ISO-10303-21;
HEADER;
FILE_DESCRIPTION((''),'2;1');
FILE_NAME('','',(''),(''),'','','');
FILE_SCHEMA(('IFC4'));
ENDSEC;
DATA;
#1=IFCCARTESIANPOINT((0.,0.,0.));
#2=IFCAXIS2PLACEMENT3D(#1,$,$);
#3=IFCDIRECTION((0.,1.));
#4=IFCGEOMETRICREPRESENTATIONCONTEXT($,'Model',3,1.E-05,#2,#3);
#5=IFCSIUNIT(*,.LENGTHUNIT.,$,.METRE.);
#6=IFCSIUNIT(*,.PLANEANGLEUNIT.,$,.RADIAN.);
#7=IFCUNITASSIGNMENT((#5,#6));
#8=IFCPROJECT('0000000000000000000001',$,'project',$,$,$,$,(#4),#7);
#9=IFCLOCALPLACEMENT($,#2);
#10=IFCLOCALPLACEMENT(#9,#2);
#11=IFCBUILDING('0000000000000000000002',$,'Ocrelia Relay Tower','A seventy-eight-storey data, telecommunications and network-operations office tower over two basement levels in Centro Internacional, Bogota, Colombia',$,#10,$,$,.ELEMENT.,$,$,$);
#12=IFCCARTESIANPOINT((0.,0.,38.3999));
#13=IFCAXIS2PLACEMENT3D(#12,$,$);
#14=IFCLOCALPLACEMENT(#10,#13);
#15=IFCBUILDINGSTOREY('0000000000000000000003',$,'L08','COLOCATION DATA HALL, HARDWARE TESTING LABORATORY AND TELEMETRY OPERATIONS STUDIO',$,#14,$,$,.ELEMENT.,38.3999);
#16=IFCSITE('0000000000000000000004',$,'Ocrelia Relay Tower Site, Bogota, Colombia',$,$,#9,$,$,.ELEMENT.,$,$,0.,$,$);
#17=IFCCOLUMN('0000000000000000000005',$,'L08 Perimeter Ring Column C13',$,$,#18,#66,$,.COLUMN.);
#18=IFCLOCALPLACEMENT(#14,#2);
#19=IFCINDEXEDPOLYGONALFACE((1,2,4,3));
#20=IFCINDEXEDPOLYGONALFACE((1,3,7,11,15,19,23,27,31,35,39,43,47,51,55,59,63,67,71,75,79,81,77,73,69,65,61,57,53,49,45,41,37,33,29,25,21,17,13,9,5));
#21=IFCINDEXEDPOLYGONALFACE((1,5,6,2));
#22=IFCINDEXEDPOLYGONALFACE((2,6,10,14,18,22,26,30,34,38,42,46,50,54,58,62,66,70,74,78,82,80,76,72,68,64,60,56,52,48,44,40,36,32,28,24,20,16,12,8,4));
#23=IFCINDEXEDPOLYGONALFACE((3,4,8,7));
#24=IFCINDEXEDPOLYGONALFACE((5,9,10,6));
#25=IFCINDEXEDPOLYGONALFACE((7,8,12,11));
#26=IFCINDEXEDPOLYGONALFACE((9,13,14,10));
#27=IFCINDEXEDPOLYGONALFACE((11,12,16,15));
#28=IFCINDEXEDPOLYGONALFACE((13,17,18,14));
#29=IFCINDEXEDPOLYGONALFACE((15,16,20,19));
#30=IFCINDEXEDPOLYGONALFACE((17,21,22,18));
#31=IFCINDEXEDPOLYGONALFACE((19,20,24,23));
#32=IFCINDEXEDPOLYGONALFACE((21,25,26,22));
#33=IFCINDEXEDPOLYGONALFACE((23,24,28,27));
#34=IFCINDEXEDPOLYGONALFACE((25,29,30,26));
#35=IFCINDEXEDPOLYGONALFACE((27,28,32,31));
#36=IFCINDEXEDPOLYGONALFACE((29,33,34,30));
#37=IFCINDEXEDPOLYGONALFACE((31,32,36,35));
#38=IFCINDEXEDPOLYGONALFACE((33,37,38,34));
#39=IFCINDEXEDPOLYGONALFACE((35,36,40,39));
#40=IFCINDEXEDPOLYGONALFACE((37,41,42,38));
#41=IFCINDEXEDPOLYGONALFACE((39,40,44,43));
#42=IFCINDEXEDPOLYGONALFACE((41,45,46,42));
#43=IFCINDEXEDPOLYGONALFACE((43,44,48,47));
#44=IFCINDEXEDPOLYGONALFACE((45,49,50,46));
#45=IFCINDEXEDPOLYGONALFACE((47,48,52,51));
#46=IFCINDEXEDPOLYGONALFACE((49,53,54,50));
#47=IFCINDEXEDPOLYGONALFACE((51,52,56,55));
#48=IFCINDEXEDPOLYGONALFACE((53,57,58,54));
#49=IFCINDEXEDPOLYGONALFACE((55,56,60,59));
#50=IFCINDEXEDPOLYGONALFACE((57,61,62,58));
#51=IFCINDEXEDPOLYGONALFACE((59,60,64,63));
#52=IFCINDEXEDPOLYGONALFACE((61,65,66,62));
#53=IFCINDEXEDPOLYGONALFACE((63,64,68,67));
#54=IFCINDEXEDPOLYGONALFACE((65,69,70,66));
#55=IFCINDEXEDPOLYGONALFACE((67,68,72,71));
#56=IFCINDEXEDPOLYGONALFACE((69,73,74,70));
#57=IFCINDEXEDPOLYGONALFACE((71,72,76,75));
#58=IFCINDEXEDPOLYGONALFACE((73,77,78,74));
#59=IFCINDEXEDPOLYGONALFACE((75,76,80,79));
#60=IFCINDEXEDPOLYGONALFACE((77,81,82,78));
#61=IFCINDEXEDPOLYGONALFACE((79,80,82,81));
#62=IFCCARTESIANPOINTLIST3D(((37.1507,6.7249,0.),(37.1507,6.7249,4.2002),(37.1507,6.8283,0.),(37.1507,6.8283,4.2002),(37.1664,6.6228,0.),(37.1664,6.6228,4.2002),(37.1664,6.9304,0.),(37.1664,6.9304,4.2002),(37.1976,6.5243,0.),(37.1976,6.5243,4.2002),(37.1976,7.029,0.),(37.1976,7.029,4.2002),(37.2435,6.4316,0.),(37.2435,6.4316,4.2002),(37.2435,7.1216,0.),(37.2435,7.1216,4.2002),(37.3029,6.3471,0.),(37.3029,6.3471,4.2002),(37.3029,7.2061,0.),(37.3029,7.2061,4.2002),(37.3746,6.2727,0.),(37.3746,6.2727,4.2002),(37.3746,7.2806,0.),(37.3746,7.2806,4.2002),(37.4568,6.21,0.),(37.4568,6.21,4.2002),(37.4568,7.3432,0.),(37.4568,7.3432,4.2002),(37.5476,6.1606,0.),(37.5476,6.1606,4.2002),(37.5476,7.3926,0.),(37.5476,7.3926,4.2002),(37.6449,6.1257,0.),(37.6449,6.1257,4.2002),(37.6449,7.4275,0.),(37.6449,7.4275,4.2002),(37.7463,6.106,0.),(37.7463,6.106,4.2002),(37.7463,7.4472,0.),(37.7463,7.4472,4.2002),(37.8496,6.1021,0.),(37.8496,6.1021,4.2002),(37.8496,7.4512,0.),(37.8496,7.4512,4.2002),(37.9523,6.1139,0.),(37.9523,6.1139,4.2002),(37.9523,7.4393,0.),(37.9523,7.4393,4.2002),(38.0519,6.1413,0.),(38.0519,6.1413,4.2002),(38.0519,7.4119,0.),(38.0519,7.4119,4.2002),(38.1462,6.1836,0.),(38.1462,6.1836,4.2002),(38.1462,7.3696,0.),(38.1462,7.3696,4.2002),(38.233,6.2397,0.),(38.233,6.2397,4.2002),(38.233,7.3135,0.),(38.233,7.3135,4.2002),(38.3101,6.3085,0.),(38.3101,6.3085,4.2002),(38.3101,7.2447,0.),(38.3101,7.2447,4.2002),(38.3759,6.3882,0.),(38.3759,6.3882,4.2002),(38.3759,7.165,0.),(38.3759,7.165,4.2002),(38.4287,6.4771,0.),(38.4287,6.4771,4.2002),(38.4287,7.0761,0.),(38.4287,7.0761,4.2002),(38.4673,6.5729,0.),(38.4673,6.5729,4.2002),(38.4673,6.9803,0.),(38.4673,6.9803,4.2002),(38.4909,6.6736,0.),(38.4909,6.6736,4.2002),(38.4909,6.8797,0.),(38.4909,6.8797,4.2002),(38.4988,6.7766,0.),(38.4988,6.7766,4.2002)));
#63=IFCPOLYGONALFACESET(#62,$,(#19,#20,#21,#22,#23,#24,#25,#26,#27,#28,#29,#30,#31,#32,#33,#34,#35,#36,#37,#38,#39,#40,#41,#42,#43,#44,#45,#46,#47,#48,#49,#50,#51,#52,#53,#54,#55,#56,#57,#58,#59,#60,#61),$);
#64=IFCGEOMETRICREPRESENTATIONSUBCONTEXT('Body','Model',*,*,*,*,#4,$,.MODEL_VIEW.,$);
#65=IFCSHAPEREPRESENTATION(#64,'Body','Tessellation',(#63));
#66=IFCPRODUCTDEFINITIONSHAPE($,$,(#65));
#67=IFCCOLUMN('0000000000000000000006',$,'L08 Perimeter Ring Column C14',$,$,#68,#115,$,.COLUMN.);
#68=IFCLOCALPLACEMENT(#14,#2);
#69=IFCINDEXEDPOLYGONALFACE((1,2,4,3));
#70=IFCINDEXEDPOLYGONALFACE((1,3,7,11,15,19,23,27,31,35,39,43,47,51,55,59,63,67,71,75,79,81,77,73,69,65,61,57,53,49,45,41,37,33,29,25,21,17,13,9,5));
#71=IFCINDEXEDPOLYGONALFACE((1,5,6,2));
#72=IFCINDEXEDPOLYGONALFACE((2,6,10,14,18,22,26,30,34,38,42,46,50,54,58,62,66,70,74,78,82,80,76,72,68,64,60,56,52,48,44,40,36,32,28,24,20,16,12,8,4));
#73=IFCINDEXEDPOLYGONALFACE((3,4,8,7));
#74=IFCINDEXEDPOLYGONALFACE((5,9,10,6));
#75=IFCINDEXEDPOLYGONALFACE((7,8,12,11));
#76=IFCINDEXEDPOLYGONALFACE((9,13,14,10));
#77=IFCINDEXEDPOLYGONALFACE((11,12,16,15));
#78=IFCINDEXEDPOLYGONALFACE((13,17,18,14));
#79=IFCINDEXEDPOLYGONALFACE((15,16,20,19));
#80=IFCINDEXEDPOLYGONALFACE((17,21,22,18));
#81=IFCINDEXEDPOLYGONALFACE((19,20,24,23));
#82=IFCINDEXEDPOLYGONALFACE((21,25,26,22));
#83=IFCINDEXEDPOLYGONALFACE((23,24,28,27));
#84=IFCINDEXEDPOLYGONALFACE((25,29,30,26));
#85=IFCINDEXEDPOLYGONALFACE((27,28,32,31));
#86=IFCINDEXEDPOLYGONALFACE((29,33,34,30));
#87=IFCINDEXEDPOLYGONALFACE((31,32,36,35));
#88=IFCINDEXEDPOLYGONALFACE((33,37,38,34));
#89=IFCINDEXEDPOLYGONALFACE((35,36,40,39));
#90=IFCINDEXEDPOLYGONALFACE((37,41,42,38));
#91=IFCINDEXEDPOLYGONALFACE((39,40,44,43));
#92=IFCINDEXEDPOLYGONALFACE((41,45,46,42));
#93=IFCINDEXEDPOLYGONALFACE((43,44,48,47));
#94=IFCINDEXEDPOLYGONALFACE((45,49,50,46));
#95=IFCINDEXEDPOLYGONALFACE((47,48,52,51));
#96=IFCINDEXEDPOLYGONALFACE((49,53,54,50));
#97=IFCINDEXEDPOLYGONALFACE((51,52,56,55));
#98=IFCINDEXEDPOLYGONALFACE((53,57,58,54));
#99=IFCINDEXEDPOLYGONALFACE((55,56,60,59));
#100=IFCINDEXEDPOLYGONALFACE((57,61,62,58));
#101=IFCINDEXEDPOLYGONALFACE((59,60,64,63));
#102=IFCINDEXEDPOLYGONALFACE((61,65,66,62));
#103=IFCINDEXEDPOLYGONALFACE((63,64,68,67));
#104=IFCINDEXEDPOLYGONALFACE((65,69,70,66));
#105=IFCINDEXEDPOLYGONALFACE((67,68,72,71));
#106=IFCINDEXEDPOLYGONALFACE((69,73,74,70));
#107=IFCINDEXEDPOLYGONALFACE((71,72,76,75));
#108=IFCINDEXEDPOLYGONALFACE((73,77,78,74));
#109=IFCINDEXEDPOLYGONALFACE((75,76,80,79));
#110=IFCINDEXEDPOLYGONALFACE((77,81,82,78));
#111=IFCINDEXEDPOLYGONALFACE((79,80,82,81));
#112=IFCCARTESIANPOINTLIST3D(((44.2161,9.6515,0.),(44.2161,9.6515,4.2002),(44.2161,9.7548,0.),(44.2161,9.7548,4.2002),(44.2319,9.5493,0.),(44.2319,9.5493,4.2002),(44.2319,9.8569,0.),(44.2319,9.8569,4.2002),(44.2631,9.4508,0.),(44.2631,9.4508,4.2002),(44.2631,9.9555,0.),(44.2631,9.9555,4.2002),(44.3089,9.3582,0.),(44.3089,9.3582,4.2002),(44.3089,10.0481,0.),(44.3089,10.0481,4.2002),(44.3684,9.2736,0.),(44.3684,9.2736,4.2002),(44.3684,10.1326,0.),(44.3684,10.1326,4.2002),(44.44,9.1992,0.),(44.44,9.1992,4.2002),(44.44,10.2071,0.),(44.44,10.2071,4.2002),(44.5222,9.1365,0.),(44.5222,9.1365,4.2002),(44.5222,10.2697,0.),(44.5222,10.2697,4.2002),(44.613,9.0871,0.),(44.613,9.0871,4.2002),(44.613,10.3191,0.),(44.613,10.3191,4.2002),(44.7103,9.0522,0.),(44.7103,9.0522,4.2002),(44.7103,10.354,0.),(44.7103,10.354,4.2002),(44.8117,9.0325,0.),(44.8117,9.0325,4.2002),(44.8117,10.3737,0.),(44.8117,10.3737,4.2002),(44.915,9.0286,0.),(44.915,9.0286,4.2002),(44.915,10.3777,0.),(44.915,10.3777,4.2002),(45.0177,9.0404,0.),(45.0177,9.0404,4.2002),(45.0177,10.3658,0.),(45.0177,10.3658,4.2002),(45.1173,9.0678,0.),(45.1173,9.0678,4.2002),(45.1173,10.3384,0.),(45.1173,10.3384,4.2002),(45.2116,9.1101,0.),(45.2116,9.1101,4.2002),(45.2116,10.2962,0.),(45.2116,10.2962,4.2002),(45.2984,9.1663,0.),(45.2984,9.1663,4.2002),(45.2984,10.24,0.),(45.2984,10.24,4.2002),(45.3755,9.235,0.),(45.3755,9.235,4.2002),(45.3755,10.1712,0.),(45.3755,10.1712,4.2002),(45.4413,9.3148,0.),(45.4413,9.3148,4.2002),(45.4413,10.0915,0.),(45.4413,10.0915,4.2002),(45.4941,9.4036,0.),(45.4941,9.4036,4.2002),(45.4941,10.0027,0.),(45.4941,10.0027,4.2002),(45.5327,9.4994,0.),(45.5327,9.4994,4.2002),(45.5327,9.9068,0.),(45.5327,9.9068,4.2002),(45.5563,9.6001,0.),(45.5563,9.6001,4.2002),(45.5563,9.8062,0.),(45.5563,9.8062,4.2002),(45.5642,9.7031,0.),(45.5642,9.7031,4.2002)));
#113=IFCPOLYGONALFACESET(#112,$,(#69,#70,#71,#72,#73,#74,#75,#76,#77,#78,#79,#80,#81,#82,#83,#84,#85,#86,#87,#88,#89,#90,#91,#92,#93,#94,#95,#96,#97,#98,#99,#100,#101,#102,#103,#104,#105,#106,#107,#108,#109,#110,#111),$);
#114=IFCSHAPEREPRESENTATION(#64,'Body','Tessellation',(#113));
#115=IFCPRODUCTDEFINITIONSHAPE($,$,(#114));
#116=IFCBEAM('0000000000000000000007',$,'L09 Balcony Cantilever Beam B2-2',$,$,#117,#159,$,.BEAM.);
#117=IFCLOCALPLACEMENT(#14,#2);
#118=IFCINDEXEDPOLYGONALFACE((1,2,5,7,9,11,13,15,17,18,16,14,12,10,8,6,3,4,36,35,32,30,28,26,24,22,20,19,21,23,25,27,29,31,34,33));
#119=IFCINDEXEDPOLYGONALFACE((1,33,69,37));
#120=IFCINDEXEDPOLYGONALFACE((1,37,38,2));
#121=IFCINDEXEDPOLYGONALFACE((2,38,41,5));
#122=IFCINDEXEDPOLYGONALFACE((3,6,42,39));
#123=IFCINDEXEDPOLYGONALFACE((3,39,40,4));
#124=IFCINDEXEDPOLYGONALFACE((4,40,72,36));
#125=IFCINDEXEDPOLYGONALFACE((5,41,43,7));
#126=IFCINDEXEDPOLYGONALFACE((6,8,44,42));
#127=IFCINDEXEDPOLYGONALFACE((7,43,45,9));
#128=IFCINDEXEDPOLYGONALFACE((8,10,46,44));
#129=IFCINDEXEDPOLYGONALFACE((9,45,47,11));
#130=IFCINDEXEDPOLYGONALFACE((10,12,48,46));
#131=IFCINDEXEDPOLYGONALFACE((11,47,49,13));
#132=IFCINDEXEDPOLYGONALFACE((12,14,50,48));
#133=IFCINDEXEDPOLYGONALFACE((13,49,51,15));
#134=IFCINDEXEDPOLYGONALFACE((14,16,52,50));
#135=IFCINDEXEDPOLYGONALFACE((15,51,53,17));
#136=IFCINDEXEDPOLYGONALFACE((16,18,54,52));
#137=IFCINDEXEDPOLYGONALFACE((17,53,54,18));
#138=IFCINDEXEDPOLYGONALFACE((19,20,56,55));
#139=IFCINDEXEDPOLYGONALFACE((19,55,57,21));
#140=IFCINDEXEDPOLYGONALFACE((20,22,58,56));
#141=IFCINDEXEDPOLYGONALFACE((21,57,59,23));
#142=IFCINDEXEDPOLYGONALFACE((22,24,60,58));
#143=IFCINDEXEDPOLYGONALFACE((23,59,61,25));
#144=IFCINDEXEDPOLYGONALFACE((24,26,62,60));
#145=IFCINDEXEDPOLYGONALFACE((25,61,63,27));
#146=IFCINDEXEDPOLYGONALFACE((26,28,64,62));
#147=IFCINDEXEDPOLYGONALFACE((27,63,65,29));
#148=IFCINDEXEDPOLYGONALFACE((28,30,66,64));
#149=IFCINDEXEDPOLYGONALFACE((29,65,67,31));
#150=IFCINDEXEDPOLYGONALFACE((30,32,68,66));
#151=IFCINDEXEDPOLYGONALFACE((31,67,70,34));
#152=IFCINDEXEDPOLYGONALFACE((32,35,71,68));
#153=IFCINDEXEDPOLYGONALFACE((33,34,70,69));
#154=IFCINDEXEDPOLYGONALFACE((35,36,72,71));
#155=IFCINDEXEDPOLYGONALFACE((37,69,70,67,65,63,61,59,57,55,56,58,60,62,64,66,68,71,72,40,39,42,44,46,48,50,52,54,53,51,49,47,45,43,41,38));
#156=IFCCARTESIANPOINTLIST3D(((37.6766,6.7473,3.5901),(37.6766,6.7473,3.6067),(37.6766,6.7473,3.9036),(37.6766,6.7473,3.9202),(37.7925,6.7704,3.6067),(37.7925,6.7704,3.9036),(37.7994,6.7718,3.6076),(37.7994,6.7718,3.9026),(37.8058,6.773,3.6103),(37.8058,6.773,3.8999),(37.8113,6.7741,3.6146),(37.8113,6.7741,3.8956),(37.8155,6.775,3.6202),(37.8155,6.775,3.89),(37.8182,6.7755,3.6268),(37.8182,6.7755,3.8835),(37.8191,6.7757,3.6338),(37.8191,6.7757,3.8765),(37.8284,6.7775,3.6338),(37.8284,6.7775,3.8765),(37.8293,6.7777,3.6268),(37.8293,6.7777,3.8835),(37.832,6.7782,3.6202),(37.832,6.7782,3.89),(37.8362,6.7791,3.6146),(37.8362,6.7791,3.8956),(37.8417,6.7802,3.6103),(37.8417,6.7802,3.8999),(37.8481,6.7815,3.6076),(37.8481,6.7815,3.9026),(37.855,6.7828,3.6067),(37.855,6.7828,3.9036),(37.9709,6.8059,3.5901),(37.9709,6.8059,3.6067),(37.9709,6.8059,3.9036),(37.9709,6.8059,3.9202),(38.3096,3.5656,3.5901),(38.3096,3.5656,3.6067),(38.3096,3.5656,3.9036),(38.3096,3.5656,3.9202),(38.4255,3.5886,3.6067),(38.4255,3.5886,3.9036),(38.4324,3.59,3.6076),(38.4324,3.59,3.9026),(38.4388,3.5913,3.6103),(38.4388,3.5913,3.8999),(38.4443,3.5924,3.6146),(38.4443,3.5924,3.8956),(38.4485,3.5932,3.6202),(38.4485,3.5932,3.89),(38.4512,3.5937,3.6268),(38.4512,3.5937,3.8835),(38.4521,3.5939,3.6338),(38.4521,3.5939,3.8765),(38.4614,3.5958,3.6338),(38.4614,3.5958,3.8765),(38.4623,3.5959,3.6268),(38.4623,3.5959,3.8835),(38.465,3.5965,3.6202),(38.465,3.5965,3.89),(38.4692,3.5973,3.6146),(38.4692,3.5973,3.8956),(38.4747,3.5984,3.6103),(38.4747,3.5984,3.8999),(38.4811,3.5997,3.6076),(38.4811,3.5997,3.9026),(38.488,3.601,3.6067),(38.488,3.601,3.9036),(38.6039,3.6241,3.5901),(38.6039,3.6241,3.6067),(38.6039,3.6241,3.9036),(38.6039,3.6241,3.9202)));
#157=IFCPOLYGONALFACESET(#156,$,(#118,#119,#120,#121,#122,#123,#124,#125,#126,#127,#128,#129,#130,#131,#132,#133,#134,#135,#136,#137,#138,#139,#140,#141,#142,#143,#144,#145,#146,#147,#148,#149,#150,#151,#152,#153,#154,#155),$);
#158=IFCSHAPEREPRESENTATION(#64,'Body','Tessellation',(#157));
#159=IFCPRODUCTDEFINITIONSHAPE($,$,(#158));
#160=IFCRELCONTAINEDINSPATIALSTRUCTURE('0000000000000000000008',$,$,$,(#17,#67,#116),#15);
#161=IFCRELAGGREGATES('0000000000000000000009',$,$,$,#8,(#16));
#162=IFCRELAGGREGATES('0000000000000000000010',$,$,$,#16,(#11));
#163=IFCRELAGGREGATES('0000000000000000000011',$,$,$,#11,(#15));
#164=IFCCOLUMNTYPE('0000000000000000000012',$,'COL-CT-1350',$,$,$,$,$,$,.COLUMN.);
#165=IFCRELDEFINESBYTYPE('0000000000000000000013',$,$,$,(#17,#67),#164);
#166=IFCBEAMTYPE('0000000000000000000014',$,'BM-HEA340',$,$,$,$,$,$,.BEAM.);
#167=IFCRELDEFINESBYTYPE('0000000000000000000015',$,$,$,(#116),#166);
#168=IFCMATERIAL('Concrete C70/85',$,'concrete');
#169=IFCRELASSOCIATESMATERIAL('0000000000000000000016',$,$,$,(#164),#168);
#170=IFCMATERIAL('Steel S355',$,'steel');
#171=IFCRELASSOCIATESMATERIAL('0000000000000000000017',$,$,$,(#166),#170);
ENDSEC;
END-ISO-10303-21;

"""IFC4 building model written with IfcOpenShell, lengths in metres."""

from ifc_helpers import new_model, si_unit, direction, frame, origin, origin_2d, place, context, subcontext, project, spatial, circle, i_section, extrude, material, material_profile, profile_set, type_object, element, save


model = new_model("IFC4")

# Units and contexts
model_context = context("Model", 3, precision=1e-05, world=origin(), true_north=direction((0.0, 1.0)))
body_context = subcontext(model_context, "Body", "Model", "MODEL_VIEW")
ifc_project = project(units=[si_unit("LENGTHUNIT", "METRE"), si_unit("PLANEANGLEUNIT", "RADIAN")], contexts=[model_context])

# Site, building, storey
site_placement = place(None, origin())
site = spatial("IfcSite", under=ifc_project, at=site_placement, Name="Ocrelia Relay Tower Site, Bogota, Colombia", CompositionType="ELEMENT", RefElevation=0.0)
building_placement = place(site_placement, origin())
building = spatial("IfcBuilding", under=site, at=building_placement, Name="Ocrelia Relay Tower", Description="A seventy-eight-storey data, telecommunications and network-operations office tower over two basement levels in Centro Internacional, Bogota, Colombia", CompositionType="ELEMENT")
storey_placement = place(building_placement, frame((0.0, 0.0, 38.3999)))
storey = spatial("IfcBuildingStorey", under=building, at=storey_placement, Name="L08", Description="COLOCATION DATA HALL, HARDWARE TESTING LABORATORY AND TELEMETRY OPERATIONS STUDIO", CompositionType="ELEMENT", Elevation=38.3999)

# Columns
ifc_material_1 = material(Name="Concrete C70/85", Category="concrete")
ifc_material_profile_1 = material_profile(ifc_material_1, circle(Radius=0.675, at=origin_2d()), Name="RC-CIR-1350")
ifc_profile_set_1 = profile_set([ifc_material_profile_1], Name="Concrete C70/85")
column_type = type_object("IfcColumnType", Name="COL-CT-1350", PredefinedType="COLUMN", material=ifc_profile_set_1)
for number, where, z_axis, x_axis, name in (
    (1, (37.8237, 6.7766, 0.0), (0.0, 0.0, 1.0), (1.0, 0.0, 0.0), "L08 Perimeter Ring Column C13"),
    (2, (44.8892, 9.7031, 0.0), (0.0, 0.0, 1.0), (1.0, 0.0, 0.0), "L08 Perimeter Ring Column C14"),
):
    element("IfcColumn", number, at=place(storey_placement, frame(where, z_axis=z_axis, x_axis=x_axis)), inside=storey, type_object=column_type, Name=name, PredefinedType="COLUMN", context=body_context, shape_type="SweptSolid", body=[
        extrude(circle(Radius=0.675, at=origin_2d()), origin(), (0.0, 0.0, 1.0), 4.2002),
    ])

# Beam
ifc_material_2 = material(Name="Steel S355", Category="steel")
ifc_material_profile_2 = material_profile(ifc_material_2, i_section(OverallWidth=0.3, OverallDepth=0.3301, WebThickness=0.0095, FlangeThickness=0.0166, FilletRadius=0.0271, at=origin_2d()), Name="HEA 340")
ifc_profile_set_2 = profile_set([ifc_material_profile_2], Name="Steel S355")
beam_type_1 = type_object("IfcBeamType", Name="BM-HEA340", PredefinedType="BEAM", material=ifc_profile_set_2)
beam_1_placement = place(storey_placement, frame((37.8237, 6.7766, 3.7551), z_axis=(0.195132, -0.980777, 0.0), x_axis=(0.980777, 0.195132, 0.0)))
element("IfcBeam", 3, at=beam_1_placement, inside=storey, type_object=beam_type_1, Name="L09 Balcony Cantilever Beam B2-2", PredefinedType="BEAM", context=body_context, shape_type="SweptSolid", body=[
    extrude(i_section(OverallWidth=0.3, OverallDepth=0.3301, WebThickness=0.0095, FlangeThickness=0.0166, FilletRadius=0.0271, at=origin_2d()), origin(), (0.0, 0.0, 1.0), 3.2441),
])

save(model, "model.ifc")
